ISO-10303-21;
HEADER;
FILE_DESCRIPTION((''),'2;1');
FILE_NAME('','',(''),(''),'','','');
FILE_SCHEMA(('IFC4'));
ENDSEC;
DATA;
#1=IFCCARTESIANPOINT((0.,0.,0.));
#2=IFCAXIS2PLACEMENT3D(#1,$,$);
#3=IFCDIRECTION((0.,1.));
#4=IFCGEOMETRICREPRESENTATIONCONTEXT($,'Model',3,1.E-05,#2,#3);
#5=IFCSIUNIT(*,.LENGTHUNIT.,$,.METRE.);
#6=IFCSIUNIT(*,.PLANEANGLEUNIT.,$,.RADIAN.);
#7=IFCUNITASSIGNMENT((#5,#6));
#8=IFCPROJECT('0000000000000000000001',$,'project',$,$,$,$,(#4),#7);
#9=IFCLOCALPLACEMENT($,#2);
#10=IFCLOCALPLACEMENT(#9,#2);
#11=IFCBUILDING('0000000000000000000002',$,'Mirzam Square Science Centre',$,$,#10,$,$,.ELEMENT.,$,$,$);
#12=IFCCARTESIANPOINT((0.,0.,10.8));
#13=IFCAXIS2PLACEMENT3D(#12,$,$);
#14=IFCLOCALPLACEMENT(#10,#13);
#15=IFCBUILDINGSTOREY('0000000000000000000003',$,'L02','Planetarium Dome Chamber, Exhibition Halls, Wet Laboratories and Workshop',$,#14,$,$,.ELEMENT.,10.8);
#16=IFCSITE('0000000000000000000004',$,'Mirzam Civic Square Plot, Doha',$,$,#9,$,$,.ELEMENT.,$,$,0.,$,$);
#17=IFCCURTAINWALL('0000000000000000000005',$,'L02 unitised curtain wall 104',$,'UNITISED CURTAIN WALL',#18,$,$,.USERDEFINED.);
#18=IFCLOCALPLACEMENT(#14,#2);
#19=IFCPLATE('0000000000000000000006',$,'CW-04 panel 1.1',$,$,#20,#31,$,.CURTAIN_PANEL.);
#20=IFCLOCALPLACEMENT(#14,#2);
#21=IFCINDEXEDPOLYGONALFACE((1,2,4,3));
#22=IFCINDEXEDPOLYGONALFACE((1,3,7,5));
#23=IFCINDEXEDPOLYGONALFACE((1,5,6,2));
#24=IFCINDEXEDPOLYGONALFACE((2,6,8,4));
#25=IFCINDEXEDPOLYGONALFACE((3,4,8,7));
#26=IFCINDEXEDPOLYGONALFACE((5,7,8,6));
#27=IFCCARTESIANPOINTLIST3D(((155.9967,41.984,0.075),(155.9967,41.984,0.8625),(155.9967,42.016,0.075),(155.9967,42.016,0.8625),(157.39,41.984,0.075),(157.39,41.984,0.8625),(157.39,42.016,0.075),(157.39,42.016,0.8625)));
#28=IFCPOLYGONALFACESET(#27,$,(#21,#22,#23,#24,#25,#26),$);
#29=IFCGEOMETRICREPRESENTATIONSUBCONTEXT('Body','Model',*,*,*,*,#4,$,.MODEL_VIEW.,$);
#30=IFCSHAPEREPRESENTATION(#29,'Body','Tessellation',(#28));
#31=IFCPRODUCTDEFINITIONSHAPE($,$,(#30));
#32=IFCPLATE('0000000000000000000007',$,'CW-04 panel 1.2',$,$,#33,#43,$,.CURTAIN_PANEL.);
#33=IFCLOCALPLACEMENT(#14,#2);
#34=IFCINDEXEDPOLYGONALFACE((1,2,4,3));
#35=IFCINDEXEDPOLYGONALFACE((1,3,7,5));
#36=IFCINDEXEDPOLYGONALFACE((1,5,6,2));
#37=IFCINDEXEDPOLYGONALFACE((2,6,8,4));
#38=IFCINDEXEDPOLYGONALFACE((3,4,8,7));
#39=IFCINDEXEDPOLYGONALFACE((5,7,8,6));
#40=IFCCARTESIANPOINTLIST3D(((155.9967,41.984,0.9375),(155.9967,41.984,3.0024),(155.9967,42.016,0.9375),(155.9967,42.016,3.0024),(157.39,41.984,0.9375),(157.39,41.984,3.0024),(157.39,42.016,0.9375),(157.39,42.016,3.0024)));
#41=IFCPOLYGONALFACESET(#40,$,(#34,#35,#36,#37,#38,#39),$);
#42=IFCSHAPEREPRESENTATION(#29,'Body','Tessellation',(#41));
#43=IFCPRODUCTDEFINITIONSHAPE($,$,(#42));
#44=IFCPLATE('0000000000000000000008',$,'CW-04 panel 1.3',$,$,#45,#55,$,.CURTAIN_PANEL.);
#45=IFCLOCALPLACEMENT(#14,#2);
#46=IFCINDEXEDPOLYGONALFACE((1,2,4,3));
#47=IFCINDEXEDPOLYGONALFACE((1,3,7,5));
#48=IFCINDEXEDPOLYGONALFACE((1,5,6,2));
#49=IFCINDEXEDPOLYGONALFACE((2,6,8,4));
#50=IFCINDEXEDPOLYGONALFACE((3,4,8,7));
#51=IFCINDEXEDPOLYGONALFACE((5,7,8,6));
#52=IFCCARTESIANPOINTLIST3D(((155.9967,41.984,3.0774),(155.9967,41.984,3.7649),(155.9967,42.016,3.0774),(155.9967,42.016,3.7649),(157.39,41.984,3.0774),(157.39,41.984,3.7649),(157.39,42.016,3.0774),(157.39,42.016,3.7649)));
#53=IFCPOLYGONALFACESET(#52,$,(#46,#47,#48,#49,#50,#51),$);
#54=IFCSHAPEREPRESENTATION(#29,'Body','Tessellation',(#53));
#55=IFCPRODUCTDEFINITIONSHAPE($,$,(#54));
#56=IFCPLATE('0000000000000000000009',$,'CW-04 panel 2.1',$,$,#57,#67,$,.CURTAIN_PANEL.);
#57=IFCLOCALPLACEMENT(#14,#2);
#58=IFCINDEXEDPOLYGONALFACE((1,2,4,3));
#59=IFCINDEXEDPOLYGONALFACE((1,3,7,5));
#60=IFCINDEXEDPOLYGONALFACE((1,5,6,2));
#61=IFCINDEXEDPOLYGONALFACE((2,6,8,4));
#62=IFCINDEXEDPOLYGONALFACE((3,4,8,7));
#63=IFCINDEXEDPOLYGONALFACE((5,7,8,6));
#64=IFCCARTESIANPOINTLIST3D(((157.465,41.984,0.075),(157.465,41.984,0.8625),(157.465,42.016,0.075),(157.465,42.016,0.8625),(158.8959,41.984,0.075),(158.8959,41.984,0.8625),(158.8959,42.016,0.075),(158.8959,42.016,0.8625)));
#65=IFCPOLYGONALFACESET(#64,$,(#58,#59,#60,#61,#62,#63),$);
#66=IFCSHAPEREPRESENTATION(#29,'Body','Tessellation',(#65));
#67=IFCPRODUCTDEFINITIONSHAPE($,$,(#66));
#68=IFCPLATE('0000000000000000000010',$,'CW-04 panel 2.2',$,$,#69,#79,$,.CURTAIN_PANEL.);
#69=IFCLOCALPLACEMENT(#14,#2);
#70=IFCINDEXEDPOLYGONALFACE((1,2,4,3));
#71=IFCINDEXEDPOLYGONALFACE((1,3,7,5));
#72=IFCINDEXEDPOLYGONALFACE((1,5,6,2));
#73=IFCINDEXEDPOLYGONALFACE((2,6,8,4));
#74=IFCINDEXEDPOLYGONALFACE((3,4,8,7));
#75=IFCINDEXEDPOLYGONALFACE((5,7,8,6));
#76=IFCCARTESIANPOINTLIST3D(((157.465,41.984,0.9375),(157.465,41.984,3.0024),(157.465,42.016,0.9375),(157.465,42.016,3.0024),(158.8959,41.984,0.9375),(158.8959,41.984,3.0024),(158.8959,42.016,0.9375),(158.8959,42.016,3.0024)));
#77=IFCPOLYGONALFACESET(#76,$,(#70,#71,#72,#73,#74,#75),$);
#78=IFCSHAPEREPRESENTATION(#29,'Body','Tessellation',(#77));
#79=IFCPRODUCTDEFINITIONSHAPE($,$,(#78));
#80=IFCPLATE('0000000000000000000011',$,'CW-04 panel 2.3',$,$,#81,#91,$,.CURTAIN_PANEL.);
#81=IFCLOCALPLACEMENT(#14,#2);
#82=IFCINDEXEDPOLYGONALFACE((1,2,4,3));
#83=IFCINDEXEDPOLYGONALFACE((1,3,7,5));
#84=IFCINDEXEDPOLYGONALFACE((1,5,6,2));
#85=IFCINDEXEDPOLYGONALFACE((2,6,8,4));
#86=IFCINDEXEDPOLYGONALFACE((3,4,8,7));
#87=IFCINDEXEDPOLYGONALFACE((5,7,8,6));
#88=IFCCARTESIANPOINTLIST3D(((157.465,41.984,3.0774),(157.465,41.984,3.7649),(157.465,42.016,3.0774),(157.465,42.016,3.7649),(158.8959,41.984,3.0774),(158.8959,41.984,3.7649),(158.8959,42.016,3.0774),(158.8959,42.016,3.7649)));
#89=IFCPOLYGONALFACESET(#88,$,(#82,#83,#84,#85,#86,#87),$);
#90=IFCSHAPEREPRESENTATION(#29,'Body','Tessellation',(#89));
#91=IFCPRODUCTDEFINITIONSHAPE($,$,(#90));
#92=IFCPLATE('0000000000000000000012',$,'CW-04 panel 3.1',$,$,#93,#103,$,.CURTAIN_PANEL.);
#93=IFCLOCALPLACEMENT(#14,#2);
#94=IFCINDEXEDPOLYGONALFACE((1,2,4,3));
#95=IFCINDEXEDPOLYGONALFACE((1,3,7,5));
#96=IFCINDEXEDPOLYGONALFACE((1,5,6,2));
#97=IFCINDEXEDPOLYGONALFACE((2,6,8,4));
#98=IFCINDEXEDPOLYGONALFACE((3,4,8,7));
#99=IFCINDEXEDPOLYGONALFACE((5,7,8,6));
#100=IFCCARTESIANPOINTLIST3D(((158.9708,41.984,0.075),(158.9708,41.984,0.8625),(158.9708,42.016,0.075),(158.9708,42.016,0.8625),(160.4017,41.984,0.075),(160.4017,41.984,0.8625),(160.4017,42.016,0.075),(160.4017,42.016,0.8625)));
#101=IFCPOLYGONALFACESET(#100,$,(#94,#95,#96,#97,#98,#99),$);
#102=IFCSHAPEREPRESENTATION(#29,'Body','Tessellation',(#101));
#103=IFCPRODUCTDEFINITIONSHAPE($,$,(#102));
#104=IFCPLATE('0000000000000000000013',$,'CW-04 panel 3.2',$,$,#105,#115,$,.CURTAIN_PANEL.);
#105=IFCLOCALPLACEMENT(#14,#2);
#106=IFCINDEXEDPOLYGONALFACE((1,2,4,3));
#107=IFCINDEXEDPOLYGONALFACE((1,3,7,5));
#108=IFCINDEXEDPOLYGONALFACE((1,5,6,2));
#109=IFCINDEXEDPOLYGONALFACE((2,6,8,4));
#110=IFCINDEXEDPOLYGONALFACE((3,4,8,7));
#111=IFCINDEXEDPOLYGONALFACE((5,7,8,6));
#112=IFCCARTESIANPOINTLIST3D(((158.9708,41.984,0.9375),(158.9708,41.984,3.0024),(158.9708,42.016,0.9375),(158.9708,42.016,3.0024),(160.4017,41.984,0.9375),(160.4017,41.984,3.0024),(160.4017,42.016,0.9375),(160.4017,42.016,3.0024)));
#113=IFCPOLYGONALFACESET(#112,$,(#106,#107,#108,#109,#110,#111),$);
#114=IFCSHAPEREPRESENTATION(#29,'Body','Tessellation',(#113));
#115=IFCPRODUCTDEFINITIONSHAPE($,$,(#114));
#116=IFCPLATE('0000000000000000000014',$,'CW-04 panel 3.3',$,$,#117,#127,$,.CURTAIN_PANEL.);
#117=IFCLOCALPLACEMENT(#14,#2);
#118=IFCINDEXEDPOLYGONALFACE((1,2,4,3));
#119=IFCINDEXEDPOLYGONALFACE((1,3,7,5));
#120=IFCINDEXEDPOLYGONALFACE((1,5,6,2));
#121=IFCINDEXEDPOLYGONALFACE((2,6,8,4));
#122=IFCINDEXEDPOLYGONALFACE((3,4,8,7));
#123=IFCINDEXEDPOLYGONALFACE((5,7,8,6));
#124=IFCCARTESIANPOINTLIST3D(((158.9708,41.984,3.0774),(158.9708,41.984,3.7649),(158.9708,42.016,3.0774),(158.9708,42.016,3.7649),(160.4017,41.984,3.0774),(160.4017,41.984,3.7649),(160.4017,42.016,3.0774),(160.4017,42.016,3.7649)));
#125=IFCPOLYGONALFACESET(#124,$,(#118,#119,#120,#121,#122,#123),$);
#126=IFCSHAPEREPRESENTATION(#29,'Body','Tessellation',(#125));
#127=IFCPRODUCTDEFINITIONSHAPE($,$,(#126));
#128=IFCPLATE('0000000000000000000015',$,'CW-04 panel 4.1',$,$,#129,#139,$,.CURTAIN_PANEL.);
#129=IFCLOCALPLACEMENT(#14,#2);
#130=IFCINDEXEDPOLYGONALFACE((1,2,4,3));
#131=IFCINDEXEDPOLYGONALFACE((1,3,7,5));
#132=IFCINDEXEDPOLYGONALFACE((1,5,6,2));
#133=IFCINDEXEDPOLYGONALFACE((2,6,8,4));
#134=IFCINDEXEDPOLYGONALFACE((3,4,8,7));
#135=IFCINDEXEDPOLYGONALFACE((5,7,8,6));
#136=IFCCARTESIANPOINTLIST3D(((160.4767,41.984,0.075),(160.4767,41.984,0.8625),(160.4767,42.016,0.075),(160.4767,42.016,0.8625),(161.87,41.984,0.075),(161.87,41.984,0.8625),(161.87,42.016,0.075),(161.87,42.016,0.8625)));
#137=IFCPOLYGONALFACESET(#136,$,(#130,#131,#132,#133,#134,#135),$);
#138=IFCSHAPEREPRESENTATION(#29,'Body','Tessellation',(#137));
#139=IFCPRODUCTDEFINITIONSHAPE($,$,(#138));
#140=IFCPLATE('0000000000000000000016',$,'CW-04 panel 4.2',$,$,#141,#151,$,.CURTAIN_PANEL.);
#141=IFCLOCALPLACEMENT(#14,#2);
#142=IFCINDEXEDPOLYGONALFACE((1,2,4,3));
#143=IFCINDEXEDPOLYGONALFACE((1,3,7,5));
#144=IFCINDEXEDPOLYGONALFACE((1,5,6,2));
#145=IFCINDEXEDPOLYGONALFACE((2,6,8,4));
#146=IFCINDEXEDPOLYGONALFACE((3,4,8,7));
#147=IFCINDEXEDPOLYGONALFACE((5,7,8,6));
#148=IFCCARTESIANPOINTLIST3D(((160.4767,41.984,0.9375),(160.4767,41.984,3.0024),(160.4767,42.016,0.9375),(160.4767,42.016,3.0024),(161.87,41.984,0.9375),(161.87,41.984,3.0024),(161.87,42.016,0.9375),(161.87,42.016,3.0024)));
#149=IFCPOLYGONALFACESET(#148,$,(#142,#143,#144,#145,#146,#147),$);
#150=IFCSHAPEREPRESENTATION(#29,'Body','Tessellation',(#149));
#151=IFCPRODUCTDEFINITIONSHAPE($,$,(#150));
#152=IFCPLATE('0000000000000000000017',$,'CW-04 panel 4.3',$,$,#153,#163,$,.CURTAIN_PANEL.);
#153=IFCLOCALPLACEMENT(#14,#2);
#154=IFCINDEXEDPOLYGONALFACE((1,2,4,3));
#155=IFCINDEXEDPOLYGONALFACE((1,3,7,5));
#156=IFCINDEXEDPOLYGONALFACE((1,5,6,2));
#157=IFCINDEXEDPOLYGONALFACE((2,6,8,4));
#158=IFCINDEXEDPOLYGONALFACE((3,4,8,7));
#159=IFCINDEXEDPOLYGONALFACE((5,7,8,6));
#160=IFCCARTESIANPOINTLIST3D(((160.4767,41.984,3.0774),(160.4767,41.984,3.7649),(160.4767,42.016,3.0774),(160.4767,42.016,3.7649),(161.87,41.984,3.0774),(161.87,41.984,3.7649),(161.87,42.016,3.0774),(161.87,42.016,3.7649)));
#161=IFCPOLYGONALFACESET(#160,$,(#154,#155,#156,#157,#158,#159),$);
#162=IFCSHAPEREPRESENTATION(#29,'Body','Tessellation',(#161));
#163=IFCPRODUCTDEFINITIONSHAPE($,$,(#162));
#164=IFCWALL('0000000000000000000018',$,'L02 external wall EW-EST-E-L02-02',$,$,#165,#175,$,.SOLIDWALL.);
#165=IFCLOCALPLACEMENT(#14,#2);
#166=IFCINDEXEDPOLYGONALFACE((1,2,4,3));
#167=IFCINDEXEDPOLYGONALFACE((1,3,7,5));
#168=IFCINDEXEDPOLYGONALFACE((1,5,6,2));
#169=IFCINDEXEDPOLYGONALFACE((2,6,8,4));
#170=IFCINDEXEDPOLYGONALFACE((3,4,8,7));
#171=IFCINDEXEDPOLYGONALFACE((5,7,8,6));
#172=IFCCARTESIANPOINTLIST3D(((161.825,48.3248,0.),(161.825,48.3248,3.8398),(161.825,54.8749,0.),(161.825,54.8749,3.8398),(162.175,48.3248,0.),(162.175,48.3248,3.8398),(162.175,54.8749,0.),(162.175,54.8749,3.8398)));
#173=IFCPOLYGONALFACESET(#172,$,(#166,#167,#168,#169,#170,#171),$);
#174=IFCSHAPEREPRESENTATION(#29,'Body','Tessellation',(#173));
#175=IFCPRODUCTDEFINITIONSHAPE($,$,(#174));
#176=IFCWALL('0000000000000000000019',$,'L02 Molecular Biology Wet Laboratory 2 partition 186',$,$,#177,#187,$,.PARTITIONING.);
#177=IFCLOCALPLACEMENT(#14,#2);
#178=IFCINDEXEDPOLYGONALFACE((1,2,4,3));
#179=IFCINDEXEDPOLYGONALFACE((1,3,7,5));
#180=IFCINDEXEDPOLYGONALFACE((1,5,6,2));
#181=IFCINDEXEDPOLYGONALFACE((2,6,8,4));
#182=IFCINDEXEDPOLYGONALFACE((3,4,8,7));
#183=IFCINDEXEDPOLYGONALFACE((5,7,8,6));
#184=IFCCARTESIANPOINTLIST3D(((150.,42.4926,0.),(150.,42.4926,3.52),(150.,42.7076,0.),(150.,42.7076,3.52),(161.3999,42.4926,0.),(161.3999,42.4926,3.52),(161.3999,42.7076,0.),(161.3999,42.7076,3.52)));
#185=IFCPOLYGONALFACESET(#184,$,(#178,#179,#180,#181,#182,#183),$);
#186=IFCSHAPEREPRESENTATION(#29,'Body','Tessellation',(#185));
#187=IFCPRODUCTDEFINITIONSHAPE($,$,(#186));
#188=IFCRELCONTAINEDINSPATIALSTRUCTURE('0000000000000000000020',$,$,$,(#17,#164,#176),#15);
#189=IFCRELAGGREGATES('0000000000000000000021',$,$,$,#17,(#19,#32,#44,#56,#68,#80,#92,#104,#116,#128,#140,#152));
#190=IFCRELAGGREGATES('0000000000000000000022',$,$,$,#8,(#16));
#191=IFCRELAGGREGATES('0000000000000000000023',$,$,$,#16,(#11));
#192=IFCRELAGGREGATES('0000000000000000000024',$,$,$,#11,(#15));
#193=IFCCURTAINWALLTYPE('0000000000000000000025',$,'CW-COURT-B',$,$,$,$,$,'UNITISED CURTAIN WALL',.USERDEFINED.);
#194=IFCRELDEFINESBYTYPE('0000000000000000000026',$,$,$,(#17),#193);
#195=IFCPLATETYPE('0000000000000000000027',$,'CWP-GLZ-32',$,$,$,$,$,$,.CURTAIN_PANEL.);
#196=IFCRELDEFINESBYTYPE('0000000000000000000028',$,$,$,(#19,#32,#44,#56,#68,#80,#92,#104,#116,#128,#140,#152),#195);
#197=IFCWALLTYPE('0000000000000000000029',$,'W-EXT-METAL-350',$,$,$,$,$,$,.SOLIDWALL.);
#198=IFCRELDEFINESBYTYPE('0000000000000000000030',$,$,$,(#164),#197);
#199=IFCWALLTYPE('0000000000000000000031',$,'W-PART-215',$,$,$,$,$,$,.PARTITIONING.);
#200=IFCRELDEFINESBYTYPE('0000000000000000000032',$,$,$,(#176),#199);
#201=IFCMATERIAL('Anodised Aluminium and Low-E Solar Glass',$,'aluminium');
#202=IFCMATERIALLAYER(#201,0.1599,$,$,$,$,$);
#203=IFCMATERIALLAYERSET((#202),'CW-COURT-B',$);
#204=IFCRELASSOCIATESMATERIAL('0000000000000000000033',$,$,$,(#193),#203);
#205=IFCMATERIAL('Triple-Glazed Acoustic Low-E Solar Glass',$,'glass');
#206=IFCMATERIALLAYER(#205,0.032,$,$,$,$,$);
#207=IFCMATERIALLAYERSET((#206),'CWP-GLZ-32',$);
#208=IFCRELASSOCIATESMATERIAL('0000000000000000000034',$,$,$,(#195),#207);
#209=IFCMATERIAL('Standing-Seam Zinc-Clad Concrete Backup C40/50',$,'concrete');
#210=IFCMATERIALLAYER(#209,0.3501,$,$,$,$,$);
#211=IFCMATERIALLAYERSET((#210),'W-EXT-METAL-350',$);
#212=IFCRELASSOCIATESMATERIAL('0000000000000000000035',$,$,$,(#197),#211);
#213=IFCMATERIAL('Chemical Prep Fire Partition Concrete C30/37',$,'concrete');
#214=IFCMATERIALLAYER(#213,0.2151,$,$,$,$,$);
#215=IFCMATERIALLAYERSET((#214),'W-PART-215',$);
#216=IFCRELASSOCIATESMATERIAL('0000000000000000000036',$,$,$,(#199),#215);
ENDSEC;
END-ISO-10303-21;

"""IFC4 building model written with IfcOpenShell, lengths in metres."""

from ifc_helpers import new_model, si_unit, direction, frame, frame_2d, origin, origin_2d, place, context, subcontext, project, spatial, rectangle, extrude, material, layer, layer_set, type_object, element, aggregate, save


model = new_model("IFC4")

# Units and contexts
model_context = context("Model", 3, precision=1e-05, world=origin(), true_north=direction((0.0, 1.0)))
body_context = subcontext(model_context, "Body", "Model", "MODEL_VIEW")
ifc_project = project(units=[si_unit("LENGTHUNIT", "METRE"), si_unit("PLANEANGLEUNIT", "RADIAN")], contexts=[model_context])

# Site, building, storey
site_placement = place(None, origin())
site = spatial("IfcSite", under=ifc_project, at=site_placement, Name="Mirzam Civic Square Plot, Doha", CompositionType="ELEMENT", RefElevation=0.0)
building_placement = place(site_placement, origin())
building = spatial("IfcBuilding", under=site, at=building_placement, Name="Mirzam Square Science Centre", CompositionType="ELEMENT")
storey_placement = place(building_placement, frame((0.0, 0.0, 10.8)))
storey = spatial("IfcBuildingStorey", under=building, at=storey_placement, Name="L02", Description="Planetarium Dome Chamber, Exhibition Halls, Wet Laboratories and Workshop", CompositionType="ELEMENT", Elevation=10.8)

# Curtain wall
ifc_material_1 = material(Name="Anodised Aluminium and Low-E Solar Glass", Category="aluminium")
ifc_layer_1 = layer(ifc_material_1, 0.1599)
ifc_layer_set_1 = layer_set([ifc_layer_1], Name="CW-COURT-B")
curtain_wall_type = type_object("IfcCurtainWallType", Name="CW-COURT-B", ElementType="UNITISED CURTAIN WALL", PredefinedType="USERDEFINED", material=ifc_layer_set_1)
curtain_wall_placement = place(storey_placement, origin())
curtain_wall = element("IfcCurtainWall", 1, at=curtain_wall_placement, inside=storey, type_object=curtain_wall_type, Name="L02 unitised curtain wall 104", ObjectType="UNITISED CURTAIN WALL", PredefinedType="USERDEFINED")

# Plates
ifc_material_2 = material(Name="Triple-Glazed Acoustic Low-E Solar Glass", Category="glass")
ifc_layer_2 = layer(ifc_material_2, 0.032)
ifc_layer_set_2 = layer_set([ifc_layer_2], Name="CWP-GLZ-32")
plate_type = type_object("IfcPlateType", Name="CWP-GLZ-32", PredefinedType="CURTAIN_PANEL", material=ifc_layer_set_2)
plate_1_placement = place(storey_placement, frame((156.6934, 42.0, 0.075), z_axis=(0.0, 0.0, 1.0), x_axis=(1.0, 0.0, 0.0)))
plate_1 = element("IfcPlate", 2, at=plate_1_placement, type_object=plate_type, Name="CW-04 panel 1.1", PredefinedType="CURTAIN_PANEL", context=body_context, shape_type="SweptSolid", body=[
    extrude(rectangle(XDim=1.3933, YDim=0.032, at=origin_2d()), origin(), (0.0, 0.0, 1.0), 0.7876),
])
plate_2_placement = place(storey_placement, frame((156.6934, 42.0, 0.9375), z_axis=(0.0, 0.0, 1.0), x_axis=(1.0, 0.0, 0.0)))
plate_2 = element("IfcPlate", 3, at=plate_2_placement, type_object=plate_type, Name="CW-04 panel 1.2", PredefinedType="CURTAIN_PANEL", context=body_context, shape_type="SweptSolid", body=[
    extrude(rectangle(XDim=1.3933, YDim=0.032, at=origin_2d()), origin(), (0.0, 0.0, 1.0), 2.0649),
])
plate_3_placement = place(storey_placement, frame((156.6934, 42.0, 3.0774), z_axis=(0.0, 0.0, 1.0), x_axis=(1.0, 0.0, 0.0)))
plate_3 = element("IfcPlate", 4, at=plate_3_placement, type_object=plate_type, Name="CW-04 panel 1.3", PredefinedType="CURTAIN_PANEL", context=body_context, shape_type="SweptSolid", body=[
    extrude(rectangle(XDim=1.3933, YDim=0.032, at=origin_2d()), origin(), (0.0, 0.0, 1.0), 0.6875),
])
plate_4_placement = place(storey_placement, frame((158.1804, 42.0, 0.075), z_axis=(0.0, 0.0, 1.0), x_axis=(1.0, 0.0, 0.0)))
plate_4 = element("IfcPlate", 5, at=plate_4_placement, type_object=plate_type, Name="CW-04 panel 2.1", PredefinedType="CURTAIN_PANEL", context=body_context, shape_type="SweptSolid", body=[
    extrude(rectangle(XDim=1.4309, YDim=0.032, at=origin_2d()), origin(), (0.0, 0.0, 1.0), 0.7876),
])
plate_5_placement = place(storey_placement, frame((158.1804, 42.0, 0.9375), z_axis=(0.0, 0.0, 1.0), x_axis=(1.0, 0.0, 0.0)))
plate_5 = element("IfcPlate", 6, at=plate_5_placement, type_object=plate_type, Name="CW-04 panel 2.2", PredefinedType="CURTAIN_PANEL", context=body_context, shape_type="SweptSolid", body=[
    extrude(rectangle(XDim=1.4309, YDim=0.032, at=origin_2d()), origin(), (0.0, 0.0, 1.0), 2.0649),
])
plate_6_placement = place(storey_placement, frame((158.1804, 42.0, 3.0774), z_axis=(0.0, 0.0, 1.0), x_axis=(1.0, 0.0, 0.0)))
plate_6 = element("IfcPlate", 7, at=plate_6_placement, type_object=plate_type, Name="CW-04 panel 2.3", PredefinedType="CURTAIN_PANEL", context=body_context, shape_type="SweptSolid", body=[
    extrude(rectangle(XDim=1.4309, YDim=0.032, at=origin_2d()), origin(), (0.0, 0.0, 1.0), 0.6875),
])
plate_7_placement = place(storey_placement, frame((159.6863, 42.0, 0.075), z_axis=(0.0, 0.0, 1.0), x_axis=(1.0, 0.0, 0.0)))
plate_7 = element("IfcPlate", 8, at=plate_7_placement, type_object=plate_type, Name="CW-04 panel 3.1", PredefinedType="CURTAIN_PANEL", context=body_context, shape_type="SweptSolid", body=[
    extrude(rectangle(XDim=1.4309, YDim=0.032, at=origin_2d()), origin(), (0.0, 0.0, 1.0), 0.7876),
])
plate_8_placement = place(storey_placement, frame((159.6863, 42.0, 0.9375), z_axis=(0.0, 0.0, 1.0), x_axis=(1.0, 0.0, 0.0)))
plate_8 = element("IfcPlate", 9, at=plate_8_placement, type_object=plate_type, Name="CW-04 panel 3.2", PredefinedType="CURTAIN_PANEL", context=body_context, shape_type="SweptSolid", body=[
    extrude(rectangle(XDim=1.4309, YDim=0.032, at=origin_2d()), origin(), (0.0, 0.0, 1.0), 2.0649),
])
plate_9_placement = place(storey_placement, frame((159.6863, 42.0, 3.0774), z_axis=(0.0, 0.0, 1.0), x_axis=(1.0, 0.0, 0.0)))
plate_9 = element("IfcPlate", 10, at=plate_9_placement, type_object=plate_type, Name="CW-04 panel 3.3", PredefinedType="CURTAIN_PANEL", context=body_context, shape_type="SweptSolid", body=[
    extrude(rectangle(XDim=1.4309, YDim=0.032, at=origin_2d()), origin(), (0.0, 0.0, 1.0), 0.6875),
])
plate_10_placement = place(storey_placement, frame((161.1733, 42.0, 0.075), z_axis=(0.0, 0.0, 1.0), x_axis=(1.0, 0.0, 0.0)))
plate_10 = element("IfcPlate", 11, at=plate_10_placement, type_object=plate_type, Name="CW-04 panel 4.1", PredefinedType="CURTAIN_PANEL", context=body_context, shape_type="SweptSolid", body=[
    extrude(rectangle(XDim=1.3933, YDim=0.032, at=origin_2d()), origin(), (0.0, 0.0, 1.0), 0.7876),
])
plate_11_placement = place(storey_placement, frame((161.1733, 42.0, 0.9375), z_axis=(0.0, 0.0, 1.0), x_axis=(1.0, 0.0, 0.0)))
plate_11 = element("IfcPlate", 12, at=plate_11_placement, type_object=plate_type, Name="CW-04 panel 4.2", PredefinedType="CURTAIN_PANEL", context=body_context, shape_type="SweptSolid", body=[
    extrude(rectangle(XDim=1.3933, YDim=0.032, at=origin_2d()), origin(), (0.0, 0.0, 1.0), 2.0649),
])
plate_12_placement = place(storey_placement, frame((161.1733, 42.0, 3.0774), z_axis=(0.0, 0.0, 1.0), x_axis=(1.0, 0.0, 0.0)))
plate_12 = element("IfcPlate", 13, at=plate_12_placement, type_object=plate_type, Name="CW-04 panel 4.3", PredefinedType="CURTAIN_PANEL", context=body_context, shape_type="SweptSolid", body=[
    extrude(rectangle(XDim=1.3933, YDim=0.032, at=origin_2d()), origin(), (0.0, 0.0, 1.0), 0.6875),
])
aggregate(curtain_wall, [plate_1, plate_2, plate_3, plate_4, plate_5, plate_6, plate_7, plate_8, plate_9, plate_10, plate_11, plate_12])

# Walls
ifc_material_3 = material(Name="Standing-Seam Zinc-Clad Concrete Backup C40/50", Category="concrete")
ifc_layer_3 = layer(ifc_material_3, 0.3501)
ifc_layer_set_3 = layer_set([ifc_layer_3], Name="W-EXT-METAL-350")
wall_type_1 = type_object("IfcWallType", Name="W-EXT-METAL-350", PredefinedType="SOLIDWALL", material=ifc_layer_set_3)
wall_1_placement = place(storey_placement, frame((162.0, 48.325, 0.0), z_axis=(0.0, 0.0, 1.0), x_axis=(0.0, 1.0, 0.0)))
element("IfcWall", 14, at=wall_1_placement, inside=storey, type_object=wall_type_1, Name="L02 external wall EW-EST-E-L02-02", PredefinedType="SOLIDWALL", context=body_context, shape_type="SweptSolid", body=[
    extrude(rectangle(XDim=6.55, YDim=0.3501, at=frame_2d((3.2749, 0.0))), origin(), (0.0, 0.0, 1.0), 3.8398),
])
ifc_material_4 = material(Name="Chemical Prep Fire Partition Concrete C30/37", Category="concrete")
ifc_layer_4 = layer(ifc_material_4, 0.2151)
ifc_layer_set_4 = layer_set([ifc_layer_4], Name="W-PART-215")
wall_type_2 = type_object("IfcWallType", Name="W-PART-215", PredefinedType="PARTITIONING", material=ifc_layer_set_4)
wall_2_placement = place(storey_placement, frame((161.3999, 42.6001, 0.0), z_axis=(0.0, 0.0, 1.0), x_axis=(-1.0, 0.0, 0.0)))
element("IfcWall", 15, at=wall_2_placement, inside=storey, type_object=wall_type_2, Name="L02 Molecular Biology Wet Laboratory 2 partition 186", PredefinedType="PARTITIONING", context=body_context, shape_type="SweptSolid", body=[
    extrude(rectangle(XDim=11.3999, YDim=0.2151, at=frame_2d((5.7, 0.0))), origin(), (0.0, 0.0, 1.0), 3.52),
])

save(model, "model.ifc")
